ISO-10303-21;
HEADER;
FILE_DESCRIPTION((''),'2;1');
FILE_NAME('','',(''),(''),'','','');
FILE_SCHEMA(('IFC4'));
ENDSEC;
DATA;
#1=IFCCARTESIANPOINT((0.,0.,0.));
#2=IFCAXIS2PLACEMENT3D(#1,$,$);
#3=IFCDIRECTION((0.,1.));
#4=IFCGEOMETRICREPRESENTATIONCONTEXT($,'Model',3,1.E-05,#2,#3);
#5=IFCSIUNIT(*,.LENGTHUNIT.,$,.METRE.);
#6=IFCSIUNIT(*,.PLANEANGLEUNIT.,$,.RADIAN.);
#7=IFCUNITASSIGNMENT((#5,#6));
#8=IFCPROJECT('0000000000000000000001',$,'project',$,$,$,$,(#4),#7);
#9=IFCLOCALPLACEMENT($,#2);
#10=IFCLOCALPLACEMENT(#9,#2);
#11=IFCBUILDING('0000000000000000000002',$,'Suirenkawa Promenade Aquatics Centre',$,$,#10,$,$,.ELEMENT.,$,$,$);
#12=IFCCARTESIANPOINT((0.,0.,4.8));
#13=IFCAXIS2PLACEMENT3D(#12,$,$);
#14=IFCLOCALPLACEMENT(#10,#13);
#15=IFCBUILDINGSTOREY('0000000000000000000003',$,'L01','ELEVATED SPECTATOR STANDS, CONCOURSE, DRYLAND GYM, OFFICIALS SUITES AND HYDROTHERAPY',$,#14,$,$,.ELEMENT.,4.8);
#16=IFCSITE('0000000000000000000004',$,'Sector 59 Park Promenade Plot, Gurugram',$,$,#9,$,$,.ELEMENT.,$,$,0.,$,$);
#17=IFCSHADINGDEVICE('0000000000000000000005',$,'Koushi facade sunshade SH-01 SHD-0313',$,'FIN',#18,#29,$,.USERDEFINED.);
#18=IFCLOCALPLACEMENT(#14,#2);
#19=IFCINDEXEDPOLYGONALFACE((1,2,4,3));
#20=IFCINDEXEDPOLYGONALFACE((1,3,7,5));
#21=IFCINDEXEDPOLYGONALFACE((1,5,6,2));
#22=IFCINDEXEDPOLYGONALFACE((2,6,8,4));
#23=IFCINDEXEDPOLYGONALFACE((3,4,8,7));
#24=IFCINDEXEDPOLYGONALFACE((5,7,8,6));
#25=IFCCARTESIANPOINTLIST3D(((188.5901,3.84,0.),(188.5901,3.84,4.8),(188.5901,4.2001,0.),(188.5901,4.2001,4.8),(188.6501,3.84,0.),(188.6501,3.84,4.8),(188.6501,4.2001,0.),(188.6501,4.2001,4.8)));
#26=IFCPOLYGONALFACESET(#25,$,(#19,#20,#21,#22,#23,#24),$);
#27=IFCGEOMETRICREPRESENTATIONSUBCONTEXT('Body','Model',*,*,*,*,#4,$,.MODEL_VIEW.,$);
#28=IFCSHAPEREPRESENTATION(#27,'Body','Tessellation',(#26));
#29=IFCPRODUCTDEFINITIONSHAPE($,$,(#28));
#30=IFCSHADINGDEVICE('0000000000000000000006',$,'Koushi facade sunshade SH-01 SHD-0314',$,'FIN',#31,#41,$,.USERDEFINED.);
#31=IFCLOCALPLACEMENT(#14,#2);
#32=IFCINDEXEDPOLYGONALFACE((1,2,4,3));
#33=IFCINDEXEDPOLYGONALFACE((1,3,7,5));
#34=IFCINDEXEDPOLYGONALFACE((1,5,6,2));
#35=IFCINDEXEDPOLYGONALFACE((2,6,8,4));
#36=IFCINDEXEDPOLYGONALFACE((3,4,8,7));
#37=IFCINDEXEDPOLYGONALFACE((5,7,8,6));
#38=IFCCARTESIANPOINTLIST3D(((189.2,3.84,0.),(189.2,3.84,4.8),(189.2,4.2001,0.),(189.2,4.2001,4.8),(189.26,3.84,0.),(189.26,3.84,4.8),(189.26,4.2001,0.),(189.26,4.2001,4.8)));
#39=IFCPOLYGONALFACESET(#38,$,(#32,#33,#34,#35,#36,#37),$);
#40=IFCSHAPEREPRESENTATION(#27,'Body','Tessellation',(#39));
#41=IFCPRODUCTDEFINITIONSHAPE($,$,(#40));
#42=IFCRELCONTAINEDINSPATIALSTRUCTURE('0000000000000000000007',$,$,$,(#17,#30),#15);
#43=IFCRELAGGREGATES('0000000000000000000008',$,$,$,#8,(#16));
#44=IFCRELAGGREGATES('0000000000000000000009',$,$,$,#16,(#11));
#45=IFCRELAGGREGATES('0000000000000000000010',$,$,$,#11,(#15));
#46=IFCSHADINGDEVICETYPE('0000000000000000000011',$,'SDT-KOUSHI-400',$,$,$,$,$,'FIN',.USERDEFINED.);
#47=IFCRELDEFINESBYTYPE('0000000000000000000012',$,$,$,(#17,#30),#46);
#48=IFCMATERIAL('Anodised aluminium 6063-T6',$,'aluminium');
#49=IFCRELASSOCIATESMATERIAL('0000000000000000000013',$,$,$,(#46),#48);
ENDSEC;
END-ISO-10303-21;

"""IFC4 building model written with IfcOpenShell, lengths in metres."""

from ifc_helpers import new_model, si_unit, direction, frame, origin, origin_2d, place, context, subcontext, project, spatial, rectangle, extrude, material, type_object, element, save


model = new_model("IFC4")

# Units and contexts
model_context = context("Model", 3, precision=1e-05, world=origin(), true_north=direction((0.0, 1.0)))
body_context = subcontext(model_context, "Body", "Model", "MODEL_VIEW")
ifc_project = project(units=[si_unit("LENGTHUNIT", "METRE"), si_unit("PLANEANGLEUNIT", "RADIAN")], contexts=[model_context])

# Site, building, storey
site_placement = place(None, origin())
site = spatial("IfcSite", under=ifc_project, at=site_placement, Name="Sector 59 Park Promenade Plot, Gurugram", CompositionType="ELEMENT", RefElevation=0.0)
building_placement = place(site_placement, origin())
building = spatial("IfcBuilding", under=site, at=building_placement, Name="Suirenkawa Promenade Aquatics Centre", CompositionType="ELEMENT")
storey_placement = place(building_placement, frame((0.0, 0.0, 4.8)))
storey = spatial("IfcBuildingStorey", under=building, at=storey_placement, Name="L01", Description="ELEVATED SPECTATOR STANDS, CONCOURSE, DRYLAND GYM, OFFICIALS SUITES AND HYDROTHERAPY", CompositionType="ELEMENT", Elevation=4.8)

# Shading devices
ifc_material_1 = material(Name="Anodised aluminium 6063-T6", Category="aluminium")
shading_device_type = type_object("IfcShadingDeviceType", Name="SDT-KOUSHI-400", ElementType="FIN", PredefinedType="USERDEFINED", material=ifc_material_1)
for number, where, z_axis, x_axis, name in (
    (1, (188.6201, 4.02, 0.0), (0.0, 0.0, 1.0), (1.0, 0.0, 0.0), "Koushi facade sunshade SH-01 SHD-0313"),
    (2, (189.23, 4.02, 0.0), (0.0, 0.0, 1.0), (1.0, 0.0, 0.0), "Koushi facade sunshade SH-01 SHD-0314"),
):
    element("IfcShadingDevice", number, at=place(storey_placement, frame(where, z_axis=z_axis, x_axis=x_axis)), inside=storey, type_object=shading_device_type, Name=name, ObjectType="FIN", PredefinedType="USERDEFINED", context=body_context, shape_type="SweptSolid", body=[
        extrude(rectangle(XDim=0.0601, YDim=0.3601, at=origin_2d()), origin(), (0.0, 0.0, 1.0), 4.8),
    ])

save(model, "model.ifc")
